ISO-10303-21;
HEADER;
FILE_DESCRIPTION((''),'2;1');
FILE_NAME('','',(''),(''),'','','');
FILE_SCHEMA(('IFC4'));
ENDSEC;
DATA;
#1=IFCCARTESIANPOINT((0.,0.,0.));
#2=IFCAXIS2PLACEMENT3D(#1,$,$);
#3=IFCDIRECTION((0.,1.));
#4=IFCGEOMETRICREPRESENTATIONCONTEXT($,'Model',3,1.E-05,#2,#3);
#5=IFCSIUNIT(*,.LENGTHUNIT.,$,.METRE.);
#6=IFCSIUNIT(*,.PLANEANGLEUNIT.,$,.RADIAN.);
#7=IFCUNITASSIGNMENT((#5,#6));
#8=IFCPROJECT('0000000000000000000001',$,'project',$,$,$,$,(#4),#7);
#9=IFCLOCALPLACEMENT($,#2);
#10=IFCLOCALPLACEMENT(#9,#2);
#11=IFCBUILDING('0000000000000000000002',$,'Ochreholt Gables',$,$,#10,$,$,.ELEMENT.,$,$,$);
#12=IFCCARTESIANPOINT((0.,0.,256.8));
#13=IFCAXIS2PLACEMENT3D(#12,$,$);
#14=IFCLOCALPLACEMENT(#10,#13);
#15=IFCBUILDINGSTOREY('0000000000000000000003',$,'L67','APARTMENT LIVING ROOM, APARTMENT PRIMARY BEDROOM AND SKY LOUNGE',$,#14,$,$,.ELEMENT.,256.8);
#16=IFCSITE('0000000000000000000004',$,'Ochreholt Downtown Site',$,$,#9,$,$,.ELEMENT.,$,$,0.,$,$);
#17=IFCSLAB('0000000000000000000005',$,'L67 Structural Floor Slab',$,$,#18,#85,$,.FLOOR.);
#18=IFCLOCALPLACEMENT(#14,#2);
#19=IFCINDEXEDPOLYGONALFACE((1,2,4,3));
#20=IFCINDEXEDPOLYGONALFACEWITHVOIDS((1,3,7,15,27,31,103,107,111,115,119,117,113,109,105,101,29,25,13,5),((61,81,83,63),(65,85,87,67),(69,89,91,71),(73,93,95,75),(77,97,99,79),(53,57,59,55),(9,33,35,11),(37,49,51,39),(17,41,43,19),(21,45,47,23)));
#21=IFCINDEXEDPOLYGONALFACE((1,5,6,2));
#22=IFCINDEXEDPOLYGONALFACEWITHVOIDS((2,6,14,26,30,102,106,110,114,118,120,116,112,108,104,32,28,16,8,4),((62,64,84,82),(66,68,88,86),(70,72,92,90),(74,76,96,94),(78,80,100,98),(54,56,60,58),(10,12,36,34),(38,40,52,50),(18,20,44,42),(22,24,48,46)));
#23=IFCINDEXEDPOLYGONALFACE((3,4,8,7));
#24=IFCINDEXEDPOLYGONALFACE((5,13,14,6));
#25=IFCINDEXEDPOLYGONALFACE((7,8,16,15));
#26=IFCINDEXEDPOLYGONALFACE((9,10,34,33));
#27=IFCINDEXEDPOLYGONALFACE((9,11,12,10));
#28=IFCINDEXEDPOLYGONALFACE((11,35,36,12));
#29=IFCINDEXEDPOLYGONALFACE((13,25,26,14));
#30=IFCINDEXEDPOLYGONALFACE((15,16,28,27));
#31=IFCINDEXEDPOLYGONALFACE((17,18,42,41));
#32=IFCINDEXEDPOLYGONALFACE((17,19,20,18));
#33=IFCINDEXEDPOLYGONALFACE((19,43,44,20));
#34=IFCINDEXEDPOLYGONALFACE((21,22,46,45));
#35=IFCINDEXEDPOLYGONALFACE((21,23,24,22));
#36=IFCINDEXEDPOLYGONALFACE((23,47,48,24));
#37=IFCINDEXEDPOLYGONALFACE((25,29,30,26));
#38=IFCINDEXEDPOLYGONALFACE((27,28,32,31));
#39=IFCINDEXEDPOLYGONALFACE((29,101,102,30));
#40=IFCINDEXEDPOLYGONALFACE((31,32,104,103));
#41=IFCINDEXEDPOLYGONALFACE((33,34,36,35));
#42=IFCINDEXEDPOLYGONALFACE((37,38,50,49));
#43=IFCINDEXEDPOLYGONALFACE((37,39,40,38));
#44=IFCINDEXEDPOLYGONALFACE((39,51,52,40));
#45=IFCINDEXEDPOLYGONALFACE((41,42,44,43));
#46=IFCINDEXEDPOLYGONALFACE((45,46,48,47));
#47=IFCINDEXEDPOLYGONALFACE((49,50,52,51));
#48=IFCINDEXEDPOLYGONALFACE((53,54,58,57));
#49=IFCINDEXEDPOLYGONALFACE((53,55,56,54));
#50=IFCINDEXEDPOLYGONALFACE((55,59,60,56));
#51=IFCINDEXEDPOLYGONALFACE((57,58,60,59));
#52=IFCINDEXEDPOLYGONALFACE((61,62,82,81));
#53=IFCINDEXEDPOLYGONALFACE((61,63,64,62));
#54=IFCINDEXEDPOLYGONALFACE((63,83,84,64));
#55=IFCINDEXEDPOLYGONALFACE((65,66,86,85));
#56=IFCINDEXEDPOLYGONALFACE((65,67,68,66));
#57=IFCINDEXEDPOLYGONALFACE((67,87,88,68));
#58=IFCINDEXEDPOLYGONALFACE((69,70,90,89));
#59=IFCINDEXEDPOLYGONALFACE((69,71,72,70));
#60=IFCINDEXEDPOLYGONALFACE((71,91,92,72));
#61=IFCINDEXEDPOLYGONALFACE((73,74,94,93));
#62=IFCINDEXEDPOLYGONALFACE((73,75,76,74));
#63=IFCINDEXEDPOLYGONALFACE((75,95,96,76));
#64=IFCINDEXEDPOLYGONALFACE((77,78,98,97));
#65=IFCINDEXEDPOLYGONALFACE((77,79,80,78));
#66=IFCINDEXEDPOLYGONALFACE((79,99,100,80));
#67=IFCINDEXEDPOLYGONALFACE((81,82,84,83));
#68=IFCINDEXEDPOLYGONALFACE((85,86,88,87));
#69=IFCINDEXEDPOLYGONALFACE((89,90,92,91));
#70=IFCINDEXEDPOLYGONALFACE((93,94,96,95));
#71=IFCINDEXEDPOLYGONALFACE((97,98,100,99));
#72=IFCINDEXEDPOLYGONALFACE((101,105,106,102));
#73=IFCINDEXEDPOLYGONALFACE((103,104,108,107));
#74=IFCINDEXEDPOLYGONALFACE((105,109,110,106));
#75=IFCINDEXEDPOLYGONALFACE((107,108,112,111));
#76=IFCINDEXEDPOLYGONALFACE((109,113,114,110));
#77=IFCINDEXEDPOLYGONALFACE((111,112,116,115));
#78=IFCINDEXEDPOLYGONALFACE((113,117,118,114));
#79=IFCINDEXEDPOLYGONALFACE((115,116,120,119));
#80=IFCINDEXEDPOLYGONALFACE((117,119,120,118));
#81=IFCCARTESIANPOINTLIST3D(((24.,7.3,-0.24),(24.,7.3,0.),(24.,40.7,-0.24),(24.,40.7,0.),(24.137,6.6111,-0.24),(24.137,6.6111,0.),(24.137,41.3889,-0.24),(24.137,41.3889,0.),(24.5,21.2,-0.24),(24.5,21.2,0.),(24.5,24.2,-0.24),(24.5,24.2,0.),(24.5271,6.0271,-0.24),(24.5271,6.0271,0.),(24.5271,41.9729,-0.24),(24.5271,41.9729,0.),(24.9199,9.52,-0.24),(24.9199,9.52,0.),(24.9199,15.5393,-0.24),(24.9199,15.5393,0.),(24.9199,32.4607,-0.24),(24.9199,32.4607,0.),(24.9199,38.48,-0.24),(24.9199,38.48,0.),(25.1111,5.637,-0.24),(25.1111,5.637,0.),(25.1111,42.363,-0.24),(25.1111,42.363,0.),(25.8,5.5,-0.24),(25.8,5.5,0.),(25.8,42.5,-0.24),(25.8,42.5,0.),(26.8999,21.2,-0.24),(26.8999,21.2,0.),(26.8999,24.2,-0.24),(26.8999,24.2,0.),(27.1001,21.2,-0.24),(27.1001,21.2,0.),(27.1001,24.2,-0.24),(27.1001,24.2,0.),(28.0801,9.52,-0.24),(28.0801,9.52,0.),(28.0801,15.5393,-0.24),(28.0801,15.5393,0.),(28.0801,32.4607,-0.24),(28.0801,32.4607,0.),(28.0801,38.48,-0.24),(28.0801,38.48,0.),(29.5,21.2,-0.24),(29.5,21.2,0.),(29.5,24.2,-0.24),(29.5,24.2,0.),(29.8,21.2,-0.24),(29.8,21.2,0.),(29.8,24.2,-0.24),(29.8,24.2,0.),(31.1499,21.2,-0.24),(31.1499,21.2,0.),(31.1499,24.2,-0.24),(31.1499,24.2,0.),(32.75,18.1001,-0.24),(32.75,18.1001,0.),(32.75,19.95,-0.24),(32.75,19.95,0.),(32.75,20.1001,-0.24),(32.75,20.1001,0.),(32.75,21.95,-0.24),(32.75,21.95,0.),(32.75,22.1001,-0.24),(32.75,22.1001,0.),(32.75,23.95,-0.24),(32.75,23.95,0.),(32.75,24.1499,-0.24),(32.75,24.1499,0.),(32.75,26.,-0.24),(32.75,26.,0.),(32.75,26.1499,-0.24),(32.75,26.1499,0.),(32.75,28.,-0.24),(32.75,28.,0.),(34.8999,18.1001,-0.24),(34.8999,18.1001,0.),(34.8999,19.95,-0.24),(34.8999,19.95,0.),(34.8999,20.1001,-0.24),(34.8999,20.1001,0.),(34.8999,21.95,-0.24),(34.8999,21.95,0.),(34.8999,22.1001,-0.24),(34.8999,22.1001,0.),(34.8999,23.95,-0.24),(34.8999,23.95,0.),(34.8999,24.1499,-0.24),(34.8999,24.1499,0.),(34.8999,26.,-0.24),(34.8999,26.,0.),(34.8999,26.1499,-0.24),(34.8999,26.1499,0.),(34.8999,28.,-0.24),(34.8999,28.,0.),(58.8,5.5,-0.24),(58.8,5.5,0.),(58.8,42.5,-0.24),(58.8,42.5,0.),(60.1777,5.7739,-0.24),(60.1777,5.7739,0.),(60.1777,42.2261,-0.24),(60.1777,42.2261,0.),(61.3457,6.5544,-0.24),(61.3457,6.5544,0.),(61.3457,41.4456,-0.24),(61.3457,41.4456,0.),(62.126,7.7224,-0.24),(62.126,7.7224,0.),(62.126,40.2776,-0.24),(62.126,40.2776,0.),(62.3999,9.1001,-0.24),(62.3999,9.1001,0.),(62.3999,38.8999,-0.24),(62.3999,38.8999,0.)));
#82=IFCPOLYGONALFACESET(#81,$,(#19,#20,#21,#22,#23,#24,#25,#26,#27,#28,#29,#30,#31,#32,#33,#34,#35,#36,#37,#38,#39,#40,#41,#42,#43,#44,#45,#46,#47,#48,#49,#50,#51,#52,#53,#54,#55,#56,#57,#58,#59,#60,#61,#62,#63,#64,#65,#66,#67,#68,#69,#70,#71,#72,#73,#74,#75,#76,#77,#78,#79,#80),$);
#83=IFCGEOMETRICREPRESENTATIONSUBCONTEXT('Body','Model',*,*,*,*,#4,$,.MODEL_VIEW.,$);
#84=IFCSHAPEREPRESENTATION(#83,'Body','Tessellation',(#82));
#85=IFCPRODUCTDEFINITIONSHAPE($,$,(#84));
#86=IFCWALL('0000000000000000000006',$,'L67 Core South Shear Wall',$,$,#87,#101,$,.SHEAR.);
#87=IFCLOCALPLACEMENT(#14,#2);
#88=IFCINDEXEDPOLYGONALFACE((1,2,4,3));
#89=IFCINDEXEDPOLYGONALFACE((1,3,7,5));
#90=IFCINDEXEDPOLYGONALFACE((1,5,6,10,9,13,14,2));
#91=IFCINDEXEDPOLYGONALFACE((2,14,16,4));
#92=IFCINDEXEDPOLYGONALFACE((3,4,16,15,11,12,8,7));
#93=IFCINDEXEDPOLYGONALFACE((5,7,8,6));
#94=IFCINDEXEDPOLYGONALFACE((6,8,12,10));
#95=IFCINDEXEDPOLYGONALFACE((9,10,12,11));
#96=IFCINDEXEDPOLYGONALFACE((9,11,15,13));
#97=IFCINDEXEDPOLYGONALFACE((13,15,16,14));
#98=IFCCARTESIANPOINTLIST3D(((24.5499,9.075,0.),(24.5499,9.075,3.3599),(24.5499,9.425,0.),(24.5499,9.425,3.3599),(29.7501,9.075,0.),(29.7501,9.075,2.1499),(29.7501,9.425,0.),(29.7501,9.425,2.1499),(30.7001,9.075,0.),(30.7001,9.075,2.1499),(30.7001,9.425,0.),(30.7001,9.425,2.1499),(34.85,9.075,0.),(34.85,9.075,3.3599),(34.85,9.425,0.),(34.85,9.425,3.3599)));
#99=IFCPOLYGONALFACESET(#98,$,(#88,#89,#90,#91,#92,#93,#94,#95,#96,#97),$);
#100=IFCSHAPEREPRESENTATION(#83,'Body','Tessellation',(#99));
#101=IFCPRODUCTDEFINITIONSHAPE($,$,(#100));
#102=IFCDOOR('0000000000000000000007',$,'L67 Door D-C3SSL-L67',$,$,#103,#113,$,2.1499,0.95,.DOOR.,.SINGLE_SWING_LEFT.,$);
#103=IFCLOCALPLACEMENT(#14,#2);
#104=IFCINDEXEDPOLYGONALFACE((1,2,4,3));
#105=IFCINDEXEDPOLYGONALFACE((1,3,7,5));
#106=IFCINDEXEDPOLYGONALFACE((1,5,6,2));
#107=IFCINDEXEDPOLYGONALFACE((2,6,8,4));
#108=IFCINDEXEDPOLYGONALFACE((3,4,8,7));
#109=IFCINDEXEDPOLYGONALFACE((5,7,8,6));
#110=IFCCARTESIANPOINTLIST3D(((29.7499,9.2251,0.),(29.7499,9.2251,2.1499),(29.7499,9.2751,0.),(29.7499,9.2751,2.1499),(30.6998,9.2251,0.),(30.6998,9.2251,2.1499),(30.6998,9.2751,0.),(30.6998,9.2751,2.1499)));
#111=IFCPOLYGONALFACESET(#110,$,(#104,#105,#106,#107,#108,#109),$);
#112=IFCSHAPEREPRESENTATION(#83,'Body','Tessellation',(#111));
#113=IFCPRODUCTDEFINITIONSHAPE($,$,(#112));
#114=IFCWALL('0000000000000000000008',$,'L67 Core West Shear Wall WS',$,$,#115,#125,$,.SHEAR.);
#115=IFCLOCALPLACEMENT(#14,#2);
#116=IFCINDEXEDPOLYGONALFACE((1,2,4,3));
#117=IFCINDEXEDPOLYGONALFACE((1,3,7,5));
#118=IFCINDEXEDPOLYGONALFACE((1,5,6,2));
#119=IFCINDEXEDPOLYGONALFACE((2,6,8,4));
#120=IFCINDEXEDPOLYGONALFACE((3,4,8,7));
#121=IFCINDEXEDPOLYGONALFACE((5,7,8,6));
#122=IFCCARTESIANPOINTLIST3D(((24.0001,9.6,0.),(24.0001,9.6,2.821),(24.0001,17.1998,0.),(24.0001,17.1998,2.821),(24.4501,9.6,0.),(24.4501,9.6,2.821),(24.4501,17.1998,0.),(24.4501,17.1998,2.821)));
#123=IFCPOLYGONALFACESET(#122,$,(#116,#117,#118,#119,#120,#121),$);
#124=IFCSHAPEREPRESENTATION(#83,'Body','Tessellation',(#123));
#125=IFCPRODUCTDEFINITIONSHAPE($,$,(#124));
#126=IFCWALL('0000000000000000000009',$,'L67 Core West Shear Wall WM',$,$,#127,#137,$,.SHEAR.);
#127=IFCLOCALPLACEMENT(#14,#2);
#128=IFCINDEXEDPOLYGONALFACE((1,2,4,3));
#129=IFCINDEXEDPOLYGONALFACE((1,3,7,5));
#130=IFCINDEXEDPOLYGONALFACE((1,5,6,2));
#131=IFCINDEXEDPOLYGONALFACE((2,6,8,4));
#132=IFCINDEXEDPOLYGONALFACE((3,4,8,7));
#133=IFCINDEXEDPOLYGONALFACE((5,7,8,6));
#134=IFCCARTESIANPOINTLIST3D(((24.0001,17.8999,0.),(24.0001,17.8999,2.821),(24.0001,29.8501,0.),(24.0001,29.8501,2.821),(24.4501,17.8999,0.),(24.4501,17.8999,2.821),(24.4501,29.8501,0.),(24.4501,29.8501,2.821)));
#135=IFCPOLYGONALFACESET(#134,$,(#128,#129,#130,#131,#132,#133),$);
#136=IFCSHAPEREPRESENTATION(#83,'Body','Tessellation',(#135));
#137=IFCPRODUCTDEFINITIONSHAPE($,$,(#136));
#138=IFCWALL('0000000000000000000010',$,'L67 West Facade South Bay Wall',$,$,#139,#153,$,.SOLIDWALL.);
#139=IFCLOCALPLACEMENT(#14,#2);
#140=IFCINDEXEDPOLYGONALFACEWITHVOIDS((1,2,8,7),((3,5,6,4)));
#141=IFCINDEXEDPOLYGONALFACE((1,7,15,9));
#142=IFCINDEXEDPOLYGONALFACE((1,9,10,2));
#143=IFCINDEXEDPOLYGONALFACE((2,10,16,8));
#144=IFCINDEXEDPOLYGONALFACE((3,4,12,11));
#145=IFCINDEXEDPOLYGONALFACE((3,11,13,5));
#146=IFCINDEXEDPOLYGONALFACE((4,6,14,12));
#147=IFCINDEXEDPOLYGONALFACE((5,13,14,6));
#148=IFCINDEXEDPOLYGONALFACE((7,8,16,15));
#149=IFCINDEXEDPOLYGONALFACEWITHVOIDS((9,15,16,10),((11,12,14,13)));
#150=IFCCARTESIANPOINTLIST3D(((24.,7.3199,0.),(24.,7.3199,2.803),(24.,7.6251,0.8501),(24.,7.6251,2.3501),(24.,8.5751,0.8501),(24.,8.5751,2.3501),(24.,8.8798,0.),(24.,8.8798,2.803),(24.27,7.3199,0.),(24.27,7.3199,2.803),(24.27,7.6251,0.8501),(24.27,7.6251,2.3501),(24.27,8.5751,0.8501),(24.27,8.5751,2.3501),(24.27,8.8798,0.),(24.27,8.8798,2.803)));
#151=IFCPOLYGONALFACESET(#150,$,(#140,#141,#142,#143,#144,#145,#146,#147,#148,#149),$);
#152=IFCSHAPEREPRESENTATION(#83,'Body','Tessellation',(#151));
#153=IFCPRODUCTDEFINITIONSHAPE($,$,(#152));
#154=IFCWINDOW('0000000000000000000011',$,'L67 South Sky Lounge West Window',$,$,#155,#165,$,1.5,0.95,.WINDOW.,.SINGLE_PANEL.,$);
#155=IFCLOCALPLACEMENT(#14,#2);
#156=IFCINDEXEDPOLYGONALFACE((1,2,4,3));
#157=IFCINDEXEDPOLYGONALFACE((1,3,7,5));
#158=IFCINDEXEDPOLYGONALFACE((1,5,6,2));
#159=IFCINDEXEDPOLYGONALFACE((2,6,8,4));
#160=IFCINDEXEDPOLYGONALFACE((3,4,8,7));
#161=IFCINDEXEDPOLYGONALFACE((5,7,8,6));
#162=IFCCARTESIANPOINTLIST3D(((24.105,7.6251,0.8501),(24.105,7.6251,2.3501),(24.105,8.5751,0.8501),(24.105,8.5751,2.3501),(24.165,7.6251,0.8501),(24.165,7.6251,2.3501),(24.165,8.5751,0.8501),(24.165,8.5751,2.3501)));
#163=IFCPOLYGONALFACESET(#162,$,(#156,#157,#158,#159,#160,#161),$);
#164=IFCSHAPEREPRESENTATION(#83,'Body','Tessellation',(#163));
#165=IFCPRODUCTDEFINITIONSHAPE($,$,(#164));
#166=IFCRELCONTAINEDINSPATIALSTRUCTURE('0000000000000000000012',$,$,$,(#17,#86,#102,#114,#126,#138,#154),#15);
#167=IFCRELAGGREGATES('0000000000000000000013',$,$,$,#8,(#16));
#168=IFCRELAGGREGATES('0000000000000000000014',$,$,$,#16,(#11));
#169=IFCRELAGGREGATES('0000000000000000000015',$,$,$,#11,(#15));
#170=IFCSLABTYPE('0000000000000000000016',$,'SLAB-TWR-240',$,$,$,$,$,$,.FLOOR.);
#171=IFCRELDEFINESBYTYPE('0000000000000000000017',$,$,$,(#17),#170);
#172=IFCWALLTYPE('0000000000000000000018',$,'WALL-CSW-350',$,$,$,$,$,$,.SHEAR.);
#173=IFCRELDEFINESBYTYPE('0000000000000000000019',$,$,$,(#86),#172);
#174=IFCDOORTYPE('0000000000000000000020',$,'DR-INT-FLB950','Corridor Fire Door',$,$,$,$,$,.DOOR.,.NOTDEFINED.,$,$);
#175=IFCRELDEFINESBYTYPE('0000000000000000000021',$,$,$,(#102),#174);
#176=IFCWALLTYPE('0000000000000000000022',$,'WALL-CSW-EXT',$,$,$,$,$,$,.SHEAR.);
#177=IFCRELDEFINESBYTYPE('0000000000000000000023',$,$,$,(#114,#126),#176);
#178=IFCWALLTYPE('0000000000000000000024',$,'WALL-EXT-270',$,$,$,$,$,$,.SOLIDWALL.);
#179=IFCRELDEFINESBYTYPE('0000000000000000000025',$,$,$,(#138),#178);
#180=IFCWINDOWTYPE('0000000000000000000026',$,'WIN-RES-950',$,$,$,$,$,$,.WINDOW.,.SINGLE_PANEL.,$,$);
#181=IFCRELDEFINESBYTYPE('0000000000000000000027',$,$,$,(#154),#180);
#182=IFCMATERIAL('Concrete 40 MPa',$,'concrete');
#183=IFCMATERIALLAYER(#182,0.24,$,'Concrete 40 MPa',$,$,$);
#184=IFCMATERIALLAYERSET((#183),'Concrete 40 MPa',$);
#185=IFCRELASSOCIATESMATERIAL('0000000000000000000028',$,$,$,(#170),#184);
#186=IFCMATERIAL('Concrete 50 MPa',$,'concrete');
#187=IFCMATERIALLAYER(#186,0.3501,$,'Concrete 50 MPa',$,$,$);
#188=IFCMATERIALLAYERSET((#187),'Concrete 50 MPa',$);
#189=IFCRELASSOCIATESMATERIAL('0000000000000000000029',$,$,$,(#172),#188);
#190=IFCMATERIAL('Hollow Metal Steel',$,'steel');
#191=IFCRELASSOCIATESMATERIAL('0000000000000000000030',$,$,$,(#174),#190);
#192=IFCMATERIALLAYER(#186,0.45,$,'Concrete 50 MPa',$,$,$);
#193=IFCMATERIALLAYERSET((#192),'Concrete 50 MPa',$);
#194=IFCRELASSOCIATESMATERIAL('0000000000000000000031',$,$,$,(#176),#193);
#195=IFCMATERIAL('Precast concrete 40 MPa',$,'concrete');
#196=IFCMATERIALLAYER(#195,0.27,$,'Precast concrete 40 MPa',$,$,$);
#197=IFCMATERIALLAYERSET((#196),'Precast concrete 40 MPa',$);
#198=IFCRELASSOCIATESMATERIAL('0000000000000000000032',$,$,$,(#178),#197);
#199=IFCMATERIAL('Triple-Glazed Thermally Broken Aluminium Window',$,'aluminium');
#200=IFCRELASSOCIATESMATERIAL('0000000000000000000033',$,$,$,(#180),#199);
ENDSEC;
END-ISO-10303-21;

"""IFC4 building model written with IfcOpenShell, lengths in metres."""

from ifc_helpers import new_model, si_unit, direction, frame, frame_2d, origin, place, context, subcontext, project, spatial, polyline, rectangle, outline, extrude, material, layer, layer_set, type_object, element, fill, save


model = new_model("IFC4")

# Units and contexts
model_context = context("Model", 3, precision=1e-05, world=origin(), true_north=direction((0.0, 1.0)))
body_context = subcontext(model_context, "Body", "Model", "MODEL_VIEW")
ifc_project = project(units=[si_unit("LENGTHUNIT", "METRE"), si_unit("PLANEANGLEUNIT", "RADIAN")], contexts=[model_context])

# Site, building, storey
site_placement = place(None, origin())
site = spatial("IfcSite", under=ifc_project, at=site_placement, Name="Ochreholt Downtown Site", CompositionType="ELEMENT", RefElevation=0.0)
building_placement = place(site_placement, origin())
building = spatial("IfcBuilding", under=site, at=building_placement, Name="Ochreholt Gables", CompositionType="ELEMENT")
storey_placement = place(building_placement, frame((0.0, 0.0, 256.8)))
storey = spatial("IfcBuildingStorey", under=building, at=storey_placement, Name="L67", Description="APARTMENT LIVING ROOM, APARTMENT PRIMARY BEDROOM AND SKY LOUNGE", CompositionType="ELEMENT", Elevation=256.8)

# Shared definitions
ifc_material_1 = material(Name="Concrete 50 MPa", Category="concrete")

# Shared definitions
ifc_material_2 = material(Name="Concrete 40 MPa", Category="concrete")

# Slab
ifc_layer_1 = layer(ifc_material_2, 0.24, Name="Concrete 40 MPa")
ifc_layer_set_1 = layer_set([ifc_layer_1], Name="Concrete 40 MPa")
slab_type_1 = type_object("IfcSlabType", Name="SLAB-TWR-240", PredefinedType="FLOOR", material=ifc_layer_set_1)
slab_1_placement = place(storey_placement, frame((0.0, 0.0, -0.24)))
element("IfcSlab", 1, at=slab_1_placement, inside=storey, type_object=slab_type_1, Name="L67 Structural Floor Slab", PredefinedType="FLOOR", context=body_context, shape_type="SweptSolid", body=[
    extrude(outline(polyline([(24.0, 7.3), (24.137, 6.6111), (24.5271, 6.0271), (25.1111, 5.637), (25.8, 5.5), (58.8, 5.5), (60.1777, 5.7739), (61.3457, 6.5544), (62.126, 7.7224), (62.3999, 9.1001), (62.3999, 38.8999), (62.126, 40.2776), (61.3457, 41.4456), (60.1777, 42.2261), (58.8, 42.5), (25.8, 42.5), (25.1111, 42.363), (24.5271, 41.9729), (24.137, 41.3889), (24.0, 40.7), (24.0, 7.3)]), holes=[polyline([(24.9199, 15.5393), (24.9199, 9.52), (28.0801, 9.52), (28.0801, 15.5393), (24.9199, 15.5393)]), polyline([(28.0801, 32.4607), (28.0801, 38.48), (24.9199, 38.48), (24.9199, 32.4607), (28.0801, 32.4607)]), polyline([(24.5, 21.2), (26.8999, 21.2), (26.8999, 24.2), (24.5, 24.2), (24.5, 21.2)]), polyline([(27.1001, 21.2), (29.5, 21.2), (29.5, 24.2), (27.1001, 24.2), (27.1001, 21.2)]), polyline([(32.75, 18.1001), (34.8999, 18.1001), (34.8999, 19.95), (32.75, 19.95), (32.75, 18.1001)]), polyline([(32.75, 20.1001), (34.8999, 20.1001), (34.8999, 21.95), (32.75, 21.95), (32.75, 20.1001)]), polyline([(32.75, 22.1001), (34.8999, 22.1001), (34.8999, 23.95), (32.75, 23.95), (32.75, 22.1001)]), polyline([(32.75, 24.1499), (34.8999, 24.1499), (34.8999, 26.0), (32.75, 26.0), (32.75, 24.1499)]), polyline([(32.75, 26.1499), (34.8999, 26.1499), (34.8999, 28.0), (32.75, 28.0), (32.75, 26.1499)]), polyline([(29.8, 21.2), (31.1499, 21.2), (31.1499, 24.2), (29.8, 24.2), (29.8, 21.2)])]), origin(), (0.0, 0.0, 1.0), 0.24),
])

# Wall, opening, door
ifc_layer_2 = layer(ifc_material_1, 0.3501, Name="Concrete 50 MPa")
ifc_layer_set_2 = layer_set([ifc_layer_2], Name="Concrete 50 MPa")
wall_type_1 = type_object("IfcWallType", Name="WALL-CSW-350", PredefinedType="SHEAR", material=ifc_layer_set_2)
wall_1_placement = place(storey_placement, frame((24.55, 9.25, 0.0), z_axis=(0.0, 0.0, 1.0), x_axis=(1.0, 0.0, 0.0)))
wall_1 = element("IfcWall", 2, at=wall_1_placement, inside=storey, type_object=wall_type_1, Name="L67 Core South Shear Wall", PredefinedType="SHEAR", context=body_context, shape_type="SweptSolid", body=[
    extrude(rectangle(XDim=10.3, YDim=0.3501, at=frame_2d((5.1499, 0.0))), origin(), (0.0, 0.0, 1.0), 3.3599),
])
opening_1_placement = place(wall_1_placement, frame((5.2, 0.0, 0.0)))
opening_1 = element("IfcOpeningElement", 3, at=opening_1_placement, cuts=wall_1, PredefinedType="OPENING", context=body_context, shape_type="SweptSolid", body=[
    extrude(rectangle(XDim=0.95, YDim=2.1499, at=frame_2d((0.4751, 1.075))), frame((0.0, 0.1851, 0.0), z_axis=(0.0, -1.0, 0.0), x_axis=(1.0, 0.0, 0.0)), (0.0, 0.0, 1.0), 0.3701),
])
ifc_material_3 = material(Name="Hollow Metal Steel", Category="steel")
door_type_1 = type_object("IfcDoorType", Name="DR-INT-FLB950", Description="Corridor Fire Door", OperationType="NOTDEFINED", PredefinedType="DOOR", material=ifc_material_3)
door_1_placement = place(opening_1_placement, frame((0.95, 0.0, 0.0), z_axis=(0.0, 0.0, 1.0), x_axis=(-1.0, 0.0, 0.0)))
door_1 = element("IfcDoor", 4, at=door_1_placement, inside=storey, type_object=door_type_1, Name="L67 Door D-C3SSL-L67", OperationType="SINGLE_SWING_LEFT", OverallHeight=2.1499, OverallWidth=0.95, PredefinedType="DOOR", context=body_context, shape_type="SweptSolid", body=[
    extrude(rectangle(XDim=0.95, YDim=2.1499, at=frame_2d((0.4751, 1.075))), frame((0.0, 0.0249, 0.0), z_axis=(0.0, -1.0, 0.0), x_axis=(1.0, 0.0, 0.0)), (0.0, 0.0, 1.0), 0.05),
])
fill(opening_1, door_1)

# Walls
ifc_layer_3 = layer(ifc_material_1, 0.45, Name="Concrete 50 MPa")
ifc_layer_set_3 = layer_set([ifc_layer_3], Name="Concrete 50 MPa")
wall_type_2 = type_object("IfcWallType", Name="WALL-CSW-EXT", PredefinedType="SHEAR", material=ifc_layer_set_3)
wall_2_placement = place(storey_placement, frame((24.2251, 9.6001, 0.0), z_axis=(0.0, 0.0, 1.0), x_axis=(0.0, 1.0, 0.0)))
element("IfcWall", 5, at=wall_2_placement, inside=storey, type_object=wall_type_2, Name="L67 Core West Shear Wall WS", PredefinedType="SHEAR", context=body_context, shape_type="SweptSolid", body=[
    extrude(rectangle(XDim=7.5999, YDim=0.45, at=frame_2d((3.7998, 0.0))), origin(), (0.0, 0.0, 1.0), 2.821),
])
wall_3_placement = place(storey_placement, frame((24.2251, 17.8999, 0.0), z_axis=(0.0, 0.0, 1.0), x_axis=(0.0, 1.0, 0.0)))
element("IfcWall", 6, at=wall_3_placement, inside=storey, type_object=wall_type_2, Name="L67 Core West Shear Wall WM", PredefinedType="SHEAR", context=body_context, shape_type="SweptSolid", body=[
    extrude(rectangle(XDim=11.9502, YDim=0.45, at=frame_2d((5.9751, 0.0))), origin(), (0.0, 0.0, 1.0), 2.821),
])

# Wall, opening, window
ifc_material_4 = material(Name="Precast concrete 40 MPa", Category="concrete")
ifc_layer_4 = layer(ifc_material_4, 0.27, Name="Precast concrete 40 MPa")
ifc_layer_set_4 = layer_set([ifc_layer_4], Name="Precast concrete 40 MPa")
wall_type_3 = type_object("IfcWallType", Name="WALL-EXT-270", PredefinedType="SOLIDWALL", material=ifc_layer_set_4)
wall_4_placement = place(storey_placement, frame((24.135, 7.3201, 0.0), z_axis=(0.0, 0.0, 1.0), x_axis=(0.0, 1.0, 0.0)))
wall_4 = element("IfcWall", 7, at=wall_4_placement, inside=storey, type_object=wall_type_3, Name="L67 West Facade South Bay Wall", PredefinedType="SOLIDWALL", context=body_context, shape_type="SweptSolid", body=[
    extrude(rectangle(XDim=1.5598, YDim=0.27, at=frame_2d((0.7798, 0.0))), origin(), (0.0, 0.0, 1.0), 2.803),
])
opening_2_placement = place(wall_4_placement, frame((0.3049, 0.0, 0.8501)))
opening_2 = element("IfcOpeningElement", 8, at=opening_2_placement, cuts=wall_4, PredefinedType="OPENING", context=body_context, shape_type="SweptSolid", body=[
    extrude(rectangle(XDim=0.95, YDim=1.5, at=frame_2d((0.4751, 0.75))), frame((0.0, 0.145, 0.0), z_axis=(0.0, -1.0, 0.0), x_axis=(1.0, 0.0, 0.0)), (0.0, 0.0, 1.0), 0.29),
])
ifc_material_5 = material(Name="Triple-Glazed Thermally Broken Aluminium Window", Category="aluminium")
window_type = type_object("IfcWindowType", Name="WIN-RES-950", PartitioningType="SINGLE_PANEL", PredefinedType="WINDOW", material=ifc_material_5)
window_placement = place(opening_2_placement, origin())
window = element("IfcWindow", 9, at=window_placement, inside=storey, type_object=window_type, Name="L67 South Sky Lounge West Window", OverallHeight=1.5, OverallWidth=0.95, PartitioningType="SINGLE_PANEL", PredefinedType="WINDOW", context=body_context, shape_type="SweptSolid", body=[
    extrude(rectangle(XDim=0.95, YDim=1.5, at=frame_2d((0.4751, 0.75))), frame((0.0, 0.03, 0.0), z_axis=(0.0, -1.0, 0.0), x_axis=(1.0, 0.0, 0.0)), (0.0, 0.0, 1.0), 0.0601),
])
fill(opening_2, window)

save(model, "model.ifc")
